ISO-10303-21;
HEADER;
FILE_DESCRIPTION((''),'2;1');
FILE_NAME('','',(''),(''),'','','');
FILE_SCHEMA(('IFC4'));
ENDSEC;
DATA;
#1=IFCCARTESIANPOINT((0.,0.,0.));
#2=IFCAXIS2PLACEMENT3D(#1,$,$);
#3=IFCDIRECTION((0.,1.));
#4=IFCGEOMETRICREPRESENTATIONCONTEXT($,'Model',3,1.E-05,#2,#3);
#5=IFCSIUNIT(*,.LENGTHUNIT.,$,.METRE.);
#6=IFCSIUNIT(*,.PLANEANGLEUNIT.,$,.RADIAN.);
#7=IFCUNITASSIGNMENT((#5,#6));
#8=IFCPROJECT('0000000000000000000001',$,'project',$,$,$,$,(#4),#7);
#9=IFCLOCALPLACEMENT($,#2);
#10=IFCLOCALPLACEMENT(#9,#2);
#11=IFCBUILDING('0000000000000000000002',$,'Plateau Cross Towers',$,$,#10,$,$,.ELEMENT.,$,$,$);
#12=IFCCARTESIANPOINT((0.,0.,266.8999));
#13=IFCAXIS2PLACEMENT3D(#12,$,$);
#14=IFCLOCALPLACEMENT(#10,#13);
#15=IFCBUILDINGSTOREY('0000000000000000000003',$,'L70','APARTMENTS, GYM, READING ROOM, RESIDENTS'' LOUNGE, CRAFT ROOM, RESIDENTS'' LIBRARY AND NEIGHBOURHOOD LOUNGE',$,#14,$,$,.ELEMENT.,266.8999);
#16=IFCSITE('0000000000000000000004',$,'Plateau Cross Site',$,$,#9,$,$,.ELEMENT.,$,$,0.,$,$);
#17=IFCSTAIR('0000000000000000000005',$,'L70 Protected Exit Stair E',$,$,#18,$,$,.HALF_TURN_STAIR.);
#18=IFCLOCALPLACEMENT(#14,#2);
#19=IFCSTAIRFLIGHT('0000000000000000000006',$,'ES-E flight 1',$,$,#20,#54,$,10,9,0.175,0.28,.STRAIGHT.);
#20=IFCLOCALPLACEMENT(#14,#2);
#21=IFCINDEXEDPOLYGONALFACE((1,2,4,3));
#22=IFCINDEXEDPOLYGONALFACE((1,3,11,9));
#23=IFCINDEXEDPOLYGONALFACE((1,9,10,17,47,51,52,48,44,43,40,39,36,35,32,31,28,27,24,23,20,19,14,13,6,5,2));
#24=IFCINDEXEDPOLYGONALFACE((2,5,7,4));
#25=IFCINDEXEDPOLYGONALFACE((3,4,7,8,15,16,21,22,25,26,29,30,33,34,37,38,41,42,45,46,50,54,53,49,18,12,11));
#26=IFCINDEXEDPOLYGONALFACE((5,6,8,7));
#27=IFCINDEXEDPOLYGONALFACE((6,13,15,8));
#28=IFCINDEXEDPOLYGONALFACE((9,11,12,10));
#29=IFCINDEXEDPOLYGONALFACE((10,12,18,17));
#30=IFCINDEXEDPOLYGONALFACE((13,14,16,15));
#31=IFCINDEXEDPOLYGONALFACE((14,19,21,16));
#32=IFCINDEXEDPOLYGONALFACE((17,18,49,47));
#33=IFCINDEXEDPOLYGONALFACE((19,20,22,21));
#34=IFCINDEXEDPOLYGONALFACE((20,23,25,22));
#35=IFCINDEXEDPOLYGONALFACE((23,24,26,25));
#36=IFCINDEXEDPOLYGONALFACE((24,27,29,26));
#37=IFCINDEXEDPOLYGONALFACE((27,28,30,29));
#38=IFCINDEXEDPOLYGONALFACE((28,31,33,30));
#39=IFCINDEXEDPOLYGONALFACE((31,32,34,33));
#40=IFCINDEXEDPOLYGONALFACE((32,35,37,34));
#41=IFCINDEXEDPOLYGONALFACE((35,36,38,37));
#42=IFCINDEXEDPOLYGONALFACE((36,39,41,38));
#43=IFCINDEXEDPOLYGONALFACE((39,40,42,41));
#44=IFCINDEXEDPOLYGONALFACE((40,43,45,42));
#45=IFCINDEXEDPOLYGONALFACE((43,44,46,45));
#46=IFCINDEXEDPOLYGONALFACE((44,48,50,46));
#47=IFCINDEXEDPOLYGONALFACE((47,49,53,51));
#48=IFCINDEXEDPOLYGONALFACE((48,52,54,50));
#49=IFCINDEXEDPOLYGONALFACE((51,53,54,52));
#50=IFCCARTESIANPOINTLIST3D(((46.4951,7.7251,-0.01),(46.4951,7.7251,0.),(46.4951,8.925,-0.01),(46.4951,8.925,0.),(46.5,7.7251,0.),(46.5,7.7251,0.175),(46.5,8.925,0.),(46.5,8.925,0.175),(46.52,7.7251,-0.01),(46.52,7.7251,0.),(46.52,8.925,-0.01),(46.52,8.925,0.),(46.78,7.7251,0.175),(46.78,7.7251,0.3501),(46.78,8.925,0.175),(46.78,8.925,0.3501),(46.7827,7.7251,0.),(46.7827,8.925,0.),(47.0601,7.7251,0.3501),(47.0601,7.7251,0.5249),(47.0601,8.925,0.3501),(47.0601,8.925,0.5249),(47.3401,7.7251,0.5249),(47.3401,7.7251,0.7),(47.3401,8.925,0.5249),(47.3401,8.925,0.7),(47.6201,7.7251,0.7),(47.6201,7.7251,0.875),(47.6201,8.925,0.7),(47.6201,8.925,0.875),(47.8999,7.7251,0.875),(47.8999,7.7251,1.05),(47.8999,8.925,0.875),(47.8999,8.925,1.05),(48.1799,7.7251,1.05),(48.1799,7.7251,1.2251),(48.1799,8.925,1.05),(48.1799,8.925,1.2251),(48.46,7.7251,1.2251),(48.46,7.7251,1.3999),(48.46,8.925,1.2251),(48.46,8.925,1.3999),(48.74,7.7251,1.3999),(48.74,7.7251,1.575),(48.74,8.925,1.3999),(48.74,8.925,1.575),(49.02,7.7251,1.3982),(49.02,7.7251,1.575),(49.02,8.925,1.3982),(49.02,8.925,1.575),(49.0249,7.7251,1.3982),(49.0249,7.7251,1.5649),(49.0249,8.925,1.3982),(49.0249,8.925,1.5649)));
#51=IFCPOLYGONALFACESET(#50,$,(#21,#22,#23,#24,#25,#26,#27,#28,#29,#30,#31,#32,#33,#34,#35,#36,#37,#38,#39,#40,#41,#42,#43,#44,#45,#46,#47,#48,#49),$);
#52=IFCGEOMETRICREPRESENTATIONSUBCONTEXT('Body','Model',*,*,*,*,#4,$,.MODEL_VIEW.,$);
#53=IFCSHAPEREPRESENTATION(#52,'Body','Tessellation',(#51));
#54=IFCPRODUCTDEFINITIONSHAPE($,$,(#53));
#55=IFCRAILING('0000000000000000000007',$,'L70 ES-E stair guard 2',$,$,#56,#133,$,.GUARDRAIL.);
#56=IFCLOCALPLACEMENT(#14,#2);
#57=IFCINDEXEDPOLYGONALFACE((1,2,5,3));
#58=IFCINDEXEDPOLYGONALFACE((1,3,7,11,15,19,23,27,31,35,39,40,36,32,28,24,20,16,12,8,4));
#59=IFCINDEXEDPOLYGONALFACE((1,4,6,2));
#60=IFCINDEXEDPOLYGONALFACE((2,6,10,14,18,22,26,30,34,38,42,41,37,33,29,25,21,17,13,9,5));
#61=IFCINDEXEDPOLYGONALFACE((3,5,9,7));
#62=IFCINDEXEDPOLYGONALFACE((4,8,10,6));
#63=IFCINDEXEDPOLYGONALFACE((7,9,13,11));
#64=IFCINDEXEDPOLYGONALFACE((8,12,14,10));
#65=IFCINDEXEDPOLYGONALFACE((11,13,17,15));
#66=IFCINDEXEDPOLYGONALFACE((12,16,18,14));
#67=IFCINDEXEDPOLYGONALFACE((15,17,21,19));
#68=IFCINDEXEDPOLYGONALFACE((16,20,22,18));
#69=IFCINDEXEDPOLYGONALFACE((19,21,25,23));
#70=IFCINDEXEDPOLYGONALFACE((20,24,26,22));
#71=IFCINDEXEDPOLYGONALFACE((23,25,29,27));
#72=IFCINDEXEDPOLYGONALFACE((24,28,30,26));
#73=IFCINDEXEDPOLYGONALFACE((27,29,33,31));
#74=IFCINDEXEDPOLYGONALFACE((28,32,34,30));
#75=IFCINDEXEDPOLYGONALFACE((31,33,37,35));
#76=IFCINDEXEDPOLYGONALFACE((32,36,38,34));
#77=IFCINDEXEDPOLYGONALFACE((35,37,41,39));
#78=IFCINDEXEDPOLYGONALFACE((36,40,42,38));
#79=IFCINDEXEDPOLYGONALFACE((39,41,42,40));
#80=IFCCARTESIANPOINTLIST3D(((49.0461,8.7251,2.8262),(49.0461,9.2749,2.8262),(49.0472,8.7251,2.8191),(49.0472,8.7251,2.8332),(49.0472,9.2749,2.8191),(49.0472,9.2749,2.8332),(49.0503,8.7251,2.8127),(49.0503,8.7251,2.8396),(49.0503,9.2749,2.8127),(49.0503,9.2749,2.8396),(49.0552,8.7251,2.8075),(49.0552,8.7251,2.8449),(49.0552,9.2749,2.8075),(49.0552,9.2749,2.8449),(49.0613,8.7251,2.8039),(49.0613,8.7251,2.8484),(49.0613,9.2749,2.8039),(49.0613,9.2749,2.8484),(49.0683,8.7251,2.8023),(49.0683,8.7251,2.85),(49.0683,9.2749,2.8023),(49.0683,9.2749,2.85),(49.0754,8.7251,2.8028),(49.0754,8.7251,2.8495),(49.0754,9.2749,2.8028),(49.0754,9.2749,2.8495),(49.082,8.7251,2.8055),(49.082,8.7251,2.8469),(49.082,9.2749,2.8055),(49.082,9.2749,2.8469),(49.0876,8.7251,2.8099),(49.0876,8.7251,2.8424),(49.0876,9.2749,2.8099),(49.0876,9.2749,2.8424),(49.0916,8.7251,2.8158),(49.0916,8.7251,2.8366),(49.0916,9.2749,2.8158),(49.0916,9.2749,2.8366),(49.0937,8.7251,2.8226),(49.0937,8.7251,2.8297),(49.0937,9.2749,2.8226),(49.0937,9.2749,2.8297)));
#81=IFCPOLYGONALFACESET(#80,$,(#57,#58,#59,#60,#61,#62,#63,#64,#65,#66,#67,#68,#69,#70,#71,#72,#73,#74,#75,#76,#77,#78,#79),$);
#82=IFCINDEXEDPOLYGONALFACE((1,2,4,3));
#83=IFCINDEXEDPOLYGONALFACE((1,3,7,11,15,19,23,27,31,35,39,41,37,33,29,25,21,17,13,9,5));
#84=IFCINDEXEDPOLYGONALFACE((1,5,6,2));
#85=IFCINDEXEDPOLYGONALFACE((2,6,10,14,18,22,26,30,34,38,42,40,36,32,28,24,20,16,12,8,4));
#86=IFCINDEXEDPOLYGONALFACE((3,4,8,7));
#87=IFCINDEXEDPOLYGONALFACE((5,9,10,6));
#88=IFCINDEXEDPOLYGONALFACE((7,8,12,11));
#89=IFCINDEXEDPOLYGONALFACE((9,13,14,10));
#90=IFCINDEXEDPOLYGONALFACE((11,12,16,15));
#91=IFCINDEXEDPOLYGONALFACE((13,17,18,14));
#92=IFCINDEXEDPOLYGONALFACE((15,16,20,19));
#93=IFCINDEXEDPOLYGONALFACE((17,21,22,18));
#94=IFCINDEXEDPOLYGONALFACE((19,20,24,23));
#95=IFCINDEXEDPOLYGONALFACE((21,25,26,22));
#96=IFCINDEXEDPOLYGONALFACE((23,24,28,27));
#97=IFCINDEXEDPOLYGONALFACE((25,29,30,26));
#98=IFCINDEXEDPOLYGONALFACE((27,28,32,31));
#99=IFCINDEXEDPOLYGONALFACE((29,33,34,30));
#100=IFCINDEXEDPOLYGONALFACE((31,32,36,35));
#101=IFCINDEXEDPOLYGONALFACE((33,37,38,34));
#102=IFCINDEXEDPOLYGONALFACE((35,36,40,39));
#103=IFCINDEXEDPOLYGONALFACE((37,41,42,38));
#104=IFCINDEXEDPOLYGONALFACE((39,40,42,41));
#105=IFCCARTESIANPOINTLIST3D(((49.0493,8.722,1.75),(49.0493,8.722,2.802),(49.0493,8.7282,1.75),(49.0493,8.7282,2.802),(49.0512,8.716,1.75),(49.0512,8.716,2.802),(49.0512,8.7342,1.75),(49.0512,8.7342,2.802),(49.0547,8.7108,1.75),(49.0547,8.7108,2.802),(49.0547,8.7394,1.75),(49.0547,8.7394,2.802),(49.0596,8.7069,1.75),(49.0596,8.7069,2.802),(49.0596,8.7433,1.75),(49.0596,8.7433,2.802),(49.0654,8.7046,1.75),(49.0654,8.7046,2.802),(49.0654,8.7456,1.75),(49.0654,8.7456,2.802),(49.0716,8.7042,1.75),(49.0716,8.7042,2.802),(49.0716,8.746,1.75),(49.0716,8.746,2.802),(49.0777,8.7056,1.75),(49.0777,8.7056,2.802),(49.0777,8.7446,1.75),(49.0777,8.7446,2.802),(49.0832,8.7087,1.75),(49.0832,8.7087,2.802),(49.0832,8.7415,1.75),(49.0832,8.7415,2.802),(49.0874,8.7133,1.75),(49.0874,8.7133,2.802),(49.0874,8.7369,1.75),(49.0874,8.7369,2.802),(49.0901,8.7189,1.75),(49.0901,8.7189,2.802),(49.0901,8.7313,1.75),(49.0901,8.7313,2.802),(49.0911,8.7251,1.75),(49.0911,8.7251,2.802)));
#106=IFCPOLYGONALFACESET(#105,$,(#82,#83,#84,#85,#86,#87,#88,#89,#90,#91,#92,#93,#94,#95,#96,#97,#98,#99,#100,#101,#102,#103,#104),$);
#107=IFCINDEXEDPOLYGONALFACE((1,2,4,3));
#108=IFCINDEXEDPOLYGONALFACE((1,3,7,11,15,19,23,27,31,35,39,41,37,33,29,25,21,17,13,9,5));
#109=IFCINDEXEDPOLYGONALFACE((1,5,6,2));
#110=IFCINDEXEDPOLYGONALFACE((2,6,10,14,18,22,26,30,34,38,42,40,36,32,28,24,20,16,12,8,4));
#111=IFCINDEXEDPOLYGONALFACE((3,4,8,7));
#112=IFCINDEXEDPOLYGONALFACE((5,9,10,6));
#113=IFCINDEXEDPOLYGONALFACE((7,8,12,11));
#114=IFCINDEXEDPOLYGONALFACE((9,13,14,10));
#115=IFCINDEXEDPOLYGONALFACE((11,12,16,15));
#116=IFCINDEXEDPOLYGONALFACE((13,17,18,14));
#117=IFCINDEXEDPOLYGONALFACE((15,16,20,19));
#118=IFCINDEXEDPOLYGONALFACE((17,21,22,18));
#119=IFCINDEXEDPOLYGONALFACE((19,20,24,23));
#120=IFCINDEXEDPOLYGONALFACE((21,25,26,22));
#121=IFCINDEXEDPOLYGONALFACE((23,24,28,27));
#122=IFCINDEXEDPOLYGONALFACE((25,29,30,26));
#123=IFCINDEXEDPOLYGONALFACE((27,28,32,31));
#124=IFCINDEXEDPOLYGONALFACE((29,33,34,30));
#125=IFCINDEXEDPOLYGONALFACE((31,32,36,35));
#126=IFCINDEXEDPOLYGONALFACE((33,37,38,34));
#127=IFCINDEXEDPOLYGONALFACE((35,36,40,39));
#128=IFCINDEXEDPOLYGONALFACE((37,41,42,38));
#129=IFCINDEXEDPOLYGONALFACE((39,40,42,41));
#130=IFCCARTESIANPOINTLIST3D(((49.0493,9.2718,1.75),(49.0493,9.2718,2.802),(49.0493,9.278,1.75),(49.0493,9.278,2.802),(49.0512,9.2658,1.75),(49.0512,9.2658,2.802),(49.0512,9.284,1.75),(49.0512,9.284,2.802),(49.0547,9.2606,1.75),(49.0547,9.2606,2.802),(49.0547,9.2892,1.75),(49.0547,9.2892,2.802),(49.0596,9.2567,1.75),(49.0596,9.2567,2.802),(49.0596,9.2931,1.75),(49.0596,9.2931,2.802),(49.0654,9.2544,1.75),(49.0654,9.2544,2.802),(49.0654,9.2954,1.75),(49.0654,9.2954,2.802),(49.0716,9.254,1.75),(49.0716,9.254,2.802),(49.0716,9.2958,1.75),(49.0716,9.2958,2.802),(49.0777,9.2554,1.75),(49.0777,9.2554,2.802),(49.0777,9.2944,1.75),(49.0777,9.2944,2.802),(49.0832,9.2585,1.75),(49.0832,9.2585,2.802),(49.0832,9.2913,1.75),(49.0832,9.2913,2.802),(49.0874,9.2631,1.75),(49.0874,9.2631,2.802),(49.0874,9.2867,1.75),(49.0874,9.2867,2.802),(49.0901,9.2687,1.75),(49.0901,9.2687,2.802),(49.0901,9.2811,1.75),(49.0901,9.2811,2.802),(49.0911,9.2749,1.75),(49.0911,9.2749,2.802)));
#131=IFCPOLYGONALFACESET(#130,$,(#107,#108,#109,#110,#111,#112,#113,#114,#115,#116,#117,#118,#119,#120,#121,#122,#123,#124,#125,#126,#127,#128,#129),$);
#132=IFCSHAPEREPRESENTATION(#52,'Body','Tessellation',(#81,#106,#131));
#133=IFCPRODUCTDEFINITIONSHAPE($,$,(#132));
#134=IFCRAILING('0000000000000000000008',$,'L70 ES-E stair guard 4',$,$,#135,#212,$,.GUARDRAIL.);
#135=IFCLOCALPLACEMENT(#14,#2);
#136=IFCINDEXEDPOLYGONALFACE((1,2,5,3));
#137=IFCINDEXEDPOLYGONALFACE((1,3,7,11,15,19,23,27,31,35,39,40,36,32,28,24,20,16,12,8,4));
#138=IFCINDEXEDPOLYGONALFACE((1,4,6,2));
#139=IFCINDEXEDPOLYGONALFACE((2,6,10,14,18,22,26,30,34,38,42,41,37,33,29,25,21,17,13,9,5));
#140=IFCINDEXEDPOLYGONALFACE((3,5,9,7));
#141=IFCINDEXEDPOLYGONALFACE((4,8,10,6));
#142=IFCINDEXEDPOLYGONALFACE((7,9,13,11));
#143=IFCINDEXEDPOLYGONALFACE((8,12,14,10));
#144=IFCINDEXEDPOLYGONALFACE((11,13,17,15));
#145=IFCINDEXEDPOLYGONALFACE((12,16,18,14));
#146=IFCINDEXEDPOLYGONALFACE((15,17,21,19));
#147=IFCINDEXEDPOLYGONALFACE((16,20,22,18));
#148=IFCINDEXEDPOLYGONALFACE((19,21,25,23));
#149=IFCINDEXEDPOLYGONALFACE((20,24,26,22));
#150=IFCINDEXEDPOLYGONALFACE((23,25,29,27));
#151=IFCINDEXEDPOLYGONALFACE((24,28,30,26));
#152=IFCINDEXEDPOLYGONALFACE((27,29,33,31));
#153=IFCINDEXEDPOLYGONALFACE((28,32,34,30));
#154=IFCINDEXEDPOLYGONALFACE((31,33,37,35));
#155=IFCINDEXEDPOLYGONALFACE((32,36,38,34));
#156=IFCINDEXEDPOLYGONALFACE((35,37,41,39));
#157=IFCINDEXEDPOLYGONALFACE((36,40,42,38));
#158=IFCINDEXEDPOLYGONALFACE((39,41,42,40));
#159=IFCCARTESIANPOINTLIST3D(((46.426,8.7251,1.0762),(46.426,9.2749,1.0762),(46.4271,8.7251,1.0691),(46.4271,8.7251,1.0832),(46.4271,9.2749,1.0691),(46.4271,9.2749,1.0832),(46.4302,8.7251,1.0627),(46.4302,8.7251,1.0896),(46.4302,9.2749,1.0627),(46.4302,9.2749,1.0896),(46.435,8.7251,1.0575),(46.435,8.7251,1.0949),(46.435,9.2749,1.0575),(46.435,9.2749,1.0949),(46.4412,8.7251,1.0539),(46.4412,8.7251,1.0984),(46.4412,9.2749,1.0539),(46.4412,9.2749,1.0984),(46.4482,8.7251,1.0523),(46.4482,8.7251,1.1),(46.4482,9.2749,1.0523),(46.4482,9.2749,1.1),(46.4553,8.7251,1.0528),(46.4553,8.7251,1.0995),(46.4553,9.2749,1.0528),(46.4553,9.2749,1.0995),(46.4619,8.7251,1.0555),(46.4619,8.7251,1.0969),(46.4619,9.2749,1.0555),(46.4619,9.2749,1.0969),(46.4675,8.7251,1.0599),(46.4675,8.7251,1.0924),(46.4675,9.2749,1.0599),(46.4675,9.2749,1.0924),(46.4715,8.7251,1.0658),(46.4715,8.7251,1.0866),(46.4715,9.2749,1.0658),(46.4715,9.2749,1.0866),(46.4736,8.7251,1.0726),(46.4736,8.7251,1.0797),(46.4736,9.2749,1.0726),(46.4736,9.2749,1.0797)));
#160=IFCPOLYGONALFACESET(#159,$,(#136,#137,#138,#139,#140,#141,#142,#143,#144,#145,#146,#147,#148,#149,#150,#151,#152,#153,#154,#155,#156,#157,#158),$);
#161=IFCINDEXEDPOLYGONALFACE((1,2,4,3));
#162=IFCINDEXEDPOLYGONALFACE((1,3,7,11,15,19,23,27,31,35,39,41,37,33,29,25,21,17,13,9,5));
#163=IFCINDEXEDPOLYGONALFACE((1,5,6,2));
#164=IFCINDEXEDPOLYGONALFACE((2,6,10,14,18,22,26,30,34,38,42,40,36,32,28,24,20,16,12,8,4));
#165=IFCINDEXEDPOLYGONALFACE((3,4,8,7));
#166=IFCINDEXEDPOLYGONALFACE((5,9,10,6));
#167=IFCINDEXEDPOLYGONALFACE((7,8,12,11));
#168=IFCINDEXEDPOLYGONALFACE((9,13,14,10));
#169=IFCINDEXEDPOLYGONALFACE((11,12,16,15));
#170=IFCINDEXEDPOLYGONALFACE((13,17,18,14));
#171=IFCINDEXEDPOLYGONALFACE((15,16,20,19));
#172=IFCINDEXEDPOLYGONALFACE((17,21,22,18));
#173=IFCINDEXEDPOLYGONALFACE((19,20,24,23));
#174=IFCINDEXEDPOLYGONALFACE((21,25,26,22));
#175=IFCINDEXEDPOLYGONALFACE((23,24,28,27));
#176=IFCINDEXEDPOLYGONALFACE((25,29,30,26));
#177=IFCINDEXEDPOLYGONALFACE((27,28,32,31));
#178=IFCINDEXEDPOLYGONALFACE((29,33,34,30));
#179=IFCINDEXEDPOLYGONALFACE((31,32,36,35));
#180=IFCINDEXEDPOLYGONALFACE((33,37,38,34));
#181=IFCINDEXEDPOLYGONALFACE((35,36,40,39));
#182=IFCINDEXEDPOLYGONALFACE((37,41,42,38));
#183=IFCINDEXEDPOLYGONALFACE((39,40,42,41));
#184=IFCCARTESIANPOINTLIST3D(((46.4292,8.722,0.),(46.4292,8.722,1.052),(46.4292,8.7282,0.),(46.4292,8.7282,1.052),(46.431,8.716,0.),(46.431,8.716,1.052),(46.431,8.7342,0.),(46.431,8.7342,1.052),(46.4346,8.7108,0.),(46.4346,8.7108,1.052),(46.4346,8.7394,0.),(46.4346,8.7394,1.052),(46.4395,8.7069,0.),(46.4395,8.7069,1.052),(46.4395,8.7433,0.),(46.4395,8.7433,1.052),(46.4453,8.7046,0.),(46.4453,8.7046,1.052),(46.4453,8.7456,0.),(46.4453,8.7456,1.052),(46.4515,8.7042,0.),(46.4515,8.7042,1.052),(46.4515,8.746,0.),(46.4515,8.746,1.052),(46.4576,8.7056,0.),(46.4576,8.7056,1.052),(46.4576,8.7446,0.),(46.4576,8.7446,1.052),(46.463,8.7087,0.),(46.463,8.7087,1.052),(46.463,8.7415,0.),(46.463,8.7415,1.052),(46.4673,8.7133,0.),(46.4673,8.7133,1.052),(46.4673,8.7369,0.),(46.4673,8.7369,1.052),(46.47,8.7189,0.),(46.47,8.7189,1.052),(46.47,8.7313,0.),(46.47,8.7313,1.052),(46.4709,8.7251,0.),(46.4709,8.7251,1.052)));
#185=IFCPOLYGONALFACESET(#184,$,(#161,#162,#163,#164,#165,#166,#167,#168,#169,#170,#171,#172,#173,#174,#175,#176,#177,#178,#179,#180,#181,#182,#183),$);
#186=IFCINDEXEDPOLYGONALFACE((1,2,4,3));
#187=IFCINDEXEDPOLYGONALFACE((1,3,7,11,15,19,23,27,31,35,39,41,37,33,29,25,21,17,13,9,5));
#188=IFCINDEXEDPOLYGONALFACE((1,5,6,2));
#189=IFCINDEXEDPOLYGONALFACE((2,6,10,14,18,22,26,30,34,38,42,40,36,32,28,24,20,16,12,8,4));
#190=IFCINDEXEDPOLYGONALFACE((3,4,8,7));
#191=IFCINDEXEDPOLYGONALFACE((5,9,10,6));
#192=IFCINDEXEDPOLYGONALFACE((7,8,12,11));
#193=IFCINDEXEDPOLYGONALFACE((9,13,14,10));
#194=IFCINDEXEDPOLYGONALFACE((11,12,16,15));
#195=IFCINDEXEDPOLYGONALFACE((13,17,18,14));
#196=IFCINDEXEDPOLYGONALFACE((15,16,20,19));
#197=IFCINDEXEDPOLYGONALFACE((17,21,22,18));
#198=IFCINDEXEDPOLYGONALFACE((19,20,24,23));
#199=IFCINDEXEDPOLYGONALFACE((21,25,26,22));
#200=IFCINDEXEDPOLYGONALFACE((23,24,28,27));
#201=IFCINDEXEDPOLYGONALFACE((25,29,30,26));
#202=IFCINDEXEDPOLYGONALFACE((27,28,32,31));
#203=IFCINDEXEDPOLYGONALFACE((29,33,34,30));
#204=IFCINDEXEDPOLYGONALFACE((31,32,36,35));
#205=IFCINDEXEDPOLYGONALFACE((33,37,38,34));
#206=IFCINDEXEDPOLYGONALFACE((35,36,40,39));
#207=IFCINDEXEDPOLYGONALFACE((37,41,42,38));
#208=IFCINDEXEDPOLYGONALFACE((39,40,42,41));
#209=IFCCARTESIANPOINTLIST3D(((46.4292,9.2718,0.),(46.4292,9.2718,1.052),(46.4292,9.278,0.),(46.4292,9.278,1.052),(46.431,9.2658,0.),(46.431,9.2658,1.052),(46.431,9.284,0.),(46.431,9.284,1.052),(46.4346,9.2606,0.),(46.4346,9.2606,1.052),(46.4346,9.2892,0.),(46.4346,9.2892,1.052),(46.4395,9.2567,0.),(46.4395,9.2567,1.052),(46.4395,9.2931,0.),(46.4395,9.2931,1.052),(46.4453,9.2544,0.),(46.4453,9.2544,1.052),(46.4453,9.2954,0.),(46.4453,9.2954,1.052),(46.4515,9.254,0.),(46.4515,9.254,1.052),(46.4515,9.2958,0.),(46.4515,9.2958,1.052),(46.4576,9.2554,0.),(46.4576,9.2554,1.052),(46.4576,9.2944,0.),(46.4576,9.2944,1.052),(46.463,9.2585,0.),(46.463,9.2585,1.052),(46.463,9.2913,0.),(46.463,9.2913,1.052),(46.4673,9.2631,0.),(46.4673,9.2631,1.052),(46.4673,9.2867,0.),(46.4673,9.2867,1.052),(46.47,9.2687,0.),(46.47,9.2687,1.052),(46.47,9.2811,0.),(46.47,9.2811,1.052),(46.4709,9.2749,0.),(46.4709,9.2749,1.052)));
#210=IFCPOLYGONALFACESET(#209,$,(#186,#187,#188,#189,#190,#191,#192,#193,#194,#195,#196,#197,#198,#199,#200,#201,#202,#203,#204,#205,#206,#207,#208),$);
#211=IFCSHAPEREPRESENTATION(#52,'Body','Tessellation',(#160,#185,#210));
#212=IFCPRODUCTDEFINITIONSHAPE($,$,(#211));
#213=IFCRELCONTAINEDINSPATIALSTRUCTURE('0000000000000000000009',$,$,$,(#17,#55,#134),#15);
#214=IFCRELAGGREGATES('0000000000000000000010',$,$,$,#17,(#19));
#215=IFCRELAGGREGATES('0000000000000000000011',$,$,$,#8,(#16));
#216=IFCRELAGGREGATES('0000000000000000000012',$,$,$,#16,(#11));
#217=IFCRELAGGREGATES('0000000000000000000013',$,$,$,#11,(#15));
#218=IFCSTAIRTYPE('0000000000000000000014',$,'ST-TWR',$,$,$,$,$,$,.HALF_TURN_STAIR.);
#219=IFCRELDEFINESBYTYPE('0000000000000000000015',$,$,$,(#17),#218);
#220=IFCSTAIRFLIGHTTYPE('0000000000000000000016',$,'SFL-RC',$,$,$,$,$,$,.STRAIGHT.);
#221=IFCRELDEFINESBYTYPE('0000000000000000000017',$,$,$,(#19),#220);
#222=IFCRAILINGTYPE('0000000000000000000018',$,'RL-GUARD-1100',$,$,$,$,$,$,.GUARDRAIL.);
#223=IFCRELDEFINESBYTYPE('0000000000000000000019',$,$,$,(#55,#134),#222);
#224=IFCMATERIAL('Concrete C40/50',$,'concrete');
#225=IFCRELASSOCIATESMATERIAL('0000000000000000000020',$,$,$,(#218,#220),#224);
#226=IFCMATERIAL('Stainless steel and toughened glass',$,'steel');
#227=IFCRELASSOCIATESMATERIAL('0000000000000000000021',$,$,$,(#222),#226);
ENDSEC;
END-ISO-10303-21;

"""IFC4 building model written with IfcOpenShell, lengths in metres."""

from ifc_helpers import new_model, si_unit, direction, frame, origin, origin_2d, place, context, subcontext, project, spatial, polyline, circle, outline, extrude, material, type_object, element, aggregate, save


model = new_model("IFC4")

# Units and contexts
model_context = context("Model", 3, precision=1e-05, world=origin(), true_north=direction((0.0, 1.0)))
body_context = subcontext(model_context, "Body", "Model", "MODEL_VIEW")
ifc_project = project(units=[si_unit("LENGTHUNIT", "METRE"), si_unit("PLANEANGLEUNIT", "RADIAN")], contexts=[model_context])

# Site, building, storey
site_placement = place(None, origin())
site = spatial("IfcSite", under=ifc_project, at=site_placement, Name="Plateau Cross Site", CompositionType="ELEMENT", RefElevation=0.0)
building_placement = place(site_placement, origin())
building = spatial("IfcBuilding", under=site, at=building_placement, Name="Plateau Cross Towers", CompositionType="ELEMENT")
storey_placement = place(building_placement, frame((0.0, 0.0, 266.8999)))
storey = spatial("IfcBuildingStorey", under=building, at=storey_placement, Name="L70", Description="APARTMENTS, GYM, READING ROOM, RESIDENTS' LOUNGE, CRAFT ROOM, RESIDENTS' LIBRARY AND NEIGHBOURHOOD LOUNGE", CompositionType="ELEMENT", Elevation=266.8999)

# Stair, stair flight
ifc_material_1 = material(Name="Concrete C40/50", Category="concrete")
stair_type = type_object("IfcStairType", Name="ST-TWR", PredefinedType="HALF_TURN_STAIR", material=ifc_material_1)
stair_placement = place(storey_placement, origin())
stair = element("IfcStair", 1, at=stair_placement, inside=storey, type_object=stair_type, Name="L70 Protected Exit Stair E", PredefinedType="HALF_TURN_STAIR")
stair_flight_type = type_object("IfcStairFlightType", Name="SFL-RC", PredefinedType="STRAIGHT", material=ifc_material_1)
stair_flight_placement = place(storey_placement, frame((46.5, 8.325, 0.0), z_axis=(0.0, 0.0, 1.0), x_axis=(1.0, 0.0, 0.0)))
stair_flight = element("IfcStairFlight", 2, at=stair_flight_placement, type_object=stair_flight_type, Name="ES-E flight 1", NumberOfRisers=10, NumberOfTreads=9, PredefinedType="STRAIGHT", RiserHeight=0.175, TreadLength=0.28, context=body_context, shape_type="SweptSolid", body=[
    extrude(outline(polyline([(-0.0049, -0.01), (-0.0049, 0.0), (0.0, 0.0), (0.0, 0.175), (0.28, 0.175), (0.28, 0.3501), (0.5601, 0.3501), (0.5601, 0.5249), (0.8401, 0.5249), (0.8401, 0.7), (1.1201, 0.7), (1.1201, 0.875), (1.3999, 0.875), (1.3999, 1.05), (1.6799, 1.05), (1.6799, 1.2251), (1.96, 1.2251), (1.96, 1.3999), (2.24, 1.3999), (2.24, 1.575), (2.52, 1.575), (2.5249, 1.5649), (2.5249, 1.3982), (2.52, 1.3982), (0.2827, 0.0), (0.02, 0.0), (0.02, -0.01), (-0.0049, -0.01)])), frame((0.0, 0.6001, 0.0), z_axis=(0.0, -1.0, 0.0), x_axis=(1.0, 0.0, 0.0)), (0.0, 0.0, 1.0), 1.2),
])
aggregate(stair, [stair_flight])

# Railings
ifc_material_2 = material(Name="Stainless steel and toughened glass", Category="steel")
railing_type_1 = type_object("IfcRailingType", Name="RL-GUARD-1100", PredefinedType="GUARDRAIL", material=ifc_material_2)
for number, where, name in (
    (3, (49.0701, 8.7251, 1.75), "L70 ES-E stair guard 2"),
    (4, (46.45, 8.7251, 0.0), "L70 ES-E stair guard 4"),
):
    element("IfcRailing", number, at=place(storey_placement, frame(where)), inside=storey, type_object=railing_type_1, Name=name, PredefinedType="GUARDRAIL", context=body_context, shape_type="SweptSolid", body=[
        extrude(circle(Radius=0.0239, at=origin_2d()), frame((0.0, 0.0, 1.0762), z_axis=(0.0, 1.0, 0.0), x_axis=(-1.0, 0.0, 0.0)), (0.0, 0.0, 1.0), 0.5498),
        extrude(circle(Radius=0.021, at=origin_2d()), origin(), (0.0, 0.0, 1.0), 1.052),
        extrude(circle(Radius=0.021, at=origin_2d()), frame((0.0, 0.5498, 0.0)), (0.0, 0.0, 1.0), 1.052),
    ])

save(model, "model.ifc")
